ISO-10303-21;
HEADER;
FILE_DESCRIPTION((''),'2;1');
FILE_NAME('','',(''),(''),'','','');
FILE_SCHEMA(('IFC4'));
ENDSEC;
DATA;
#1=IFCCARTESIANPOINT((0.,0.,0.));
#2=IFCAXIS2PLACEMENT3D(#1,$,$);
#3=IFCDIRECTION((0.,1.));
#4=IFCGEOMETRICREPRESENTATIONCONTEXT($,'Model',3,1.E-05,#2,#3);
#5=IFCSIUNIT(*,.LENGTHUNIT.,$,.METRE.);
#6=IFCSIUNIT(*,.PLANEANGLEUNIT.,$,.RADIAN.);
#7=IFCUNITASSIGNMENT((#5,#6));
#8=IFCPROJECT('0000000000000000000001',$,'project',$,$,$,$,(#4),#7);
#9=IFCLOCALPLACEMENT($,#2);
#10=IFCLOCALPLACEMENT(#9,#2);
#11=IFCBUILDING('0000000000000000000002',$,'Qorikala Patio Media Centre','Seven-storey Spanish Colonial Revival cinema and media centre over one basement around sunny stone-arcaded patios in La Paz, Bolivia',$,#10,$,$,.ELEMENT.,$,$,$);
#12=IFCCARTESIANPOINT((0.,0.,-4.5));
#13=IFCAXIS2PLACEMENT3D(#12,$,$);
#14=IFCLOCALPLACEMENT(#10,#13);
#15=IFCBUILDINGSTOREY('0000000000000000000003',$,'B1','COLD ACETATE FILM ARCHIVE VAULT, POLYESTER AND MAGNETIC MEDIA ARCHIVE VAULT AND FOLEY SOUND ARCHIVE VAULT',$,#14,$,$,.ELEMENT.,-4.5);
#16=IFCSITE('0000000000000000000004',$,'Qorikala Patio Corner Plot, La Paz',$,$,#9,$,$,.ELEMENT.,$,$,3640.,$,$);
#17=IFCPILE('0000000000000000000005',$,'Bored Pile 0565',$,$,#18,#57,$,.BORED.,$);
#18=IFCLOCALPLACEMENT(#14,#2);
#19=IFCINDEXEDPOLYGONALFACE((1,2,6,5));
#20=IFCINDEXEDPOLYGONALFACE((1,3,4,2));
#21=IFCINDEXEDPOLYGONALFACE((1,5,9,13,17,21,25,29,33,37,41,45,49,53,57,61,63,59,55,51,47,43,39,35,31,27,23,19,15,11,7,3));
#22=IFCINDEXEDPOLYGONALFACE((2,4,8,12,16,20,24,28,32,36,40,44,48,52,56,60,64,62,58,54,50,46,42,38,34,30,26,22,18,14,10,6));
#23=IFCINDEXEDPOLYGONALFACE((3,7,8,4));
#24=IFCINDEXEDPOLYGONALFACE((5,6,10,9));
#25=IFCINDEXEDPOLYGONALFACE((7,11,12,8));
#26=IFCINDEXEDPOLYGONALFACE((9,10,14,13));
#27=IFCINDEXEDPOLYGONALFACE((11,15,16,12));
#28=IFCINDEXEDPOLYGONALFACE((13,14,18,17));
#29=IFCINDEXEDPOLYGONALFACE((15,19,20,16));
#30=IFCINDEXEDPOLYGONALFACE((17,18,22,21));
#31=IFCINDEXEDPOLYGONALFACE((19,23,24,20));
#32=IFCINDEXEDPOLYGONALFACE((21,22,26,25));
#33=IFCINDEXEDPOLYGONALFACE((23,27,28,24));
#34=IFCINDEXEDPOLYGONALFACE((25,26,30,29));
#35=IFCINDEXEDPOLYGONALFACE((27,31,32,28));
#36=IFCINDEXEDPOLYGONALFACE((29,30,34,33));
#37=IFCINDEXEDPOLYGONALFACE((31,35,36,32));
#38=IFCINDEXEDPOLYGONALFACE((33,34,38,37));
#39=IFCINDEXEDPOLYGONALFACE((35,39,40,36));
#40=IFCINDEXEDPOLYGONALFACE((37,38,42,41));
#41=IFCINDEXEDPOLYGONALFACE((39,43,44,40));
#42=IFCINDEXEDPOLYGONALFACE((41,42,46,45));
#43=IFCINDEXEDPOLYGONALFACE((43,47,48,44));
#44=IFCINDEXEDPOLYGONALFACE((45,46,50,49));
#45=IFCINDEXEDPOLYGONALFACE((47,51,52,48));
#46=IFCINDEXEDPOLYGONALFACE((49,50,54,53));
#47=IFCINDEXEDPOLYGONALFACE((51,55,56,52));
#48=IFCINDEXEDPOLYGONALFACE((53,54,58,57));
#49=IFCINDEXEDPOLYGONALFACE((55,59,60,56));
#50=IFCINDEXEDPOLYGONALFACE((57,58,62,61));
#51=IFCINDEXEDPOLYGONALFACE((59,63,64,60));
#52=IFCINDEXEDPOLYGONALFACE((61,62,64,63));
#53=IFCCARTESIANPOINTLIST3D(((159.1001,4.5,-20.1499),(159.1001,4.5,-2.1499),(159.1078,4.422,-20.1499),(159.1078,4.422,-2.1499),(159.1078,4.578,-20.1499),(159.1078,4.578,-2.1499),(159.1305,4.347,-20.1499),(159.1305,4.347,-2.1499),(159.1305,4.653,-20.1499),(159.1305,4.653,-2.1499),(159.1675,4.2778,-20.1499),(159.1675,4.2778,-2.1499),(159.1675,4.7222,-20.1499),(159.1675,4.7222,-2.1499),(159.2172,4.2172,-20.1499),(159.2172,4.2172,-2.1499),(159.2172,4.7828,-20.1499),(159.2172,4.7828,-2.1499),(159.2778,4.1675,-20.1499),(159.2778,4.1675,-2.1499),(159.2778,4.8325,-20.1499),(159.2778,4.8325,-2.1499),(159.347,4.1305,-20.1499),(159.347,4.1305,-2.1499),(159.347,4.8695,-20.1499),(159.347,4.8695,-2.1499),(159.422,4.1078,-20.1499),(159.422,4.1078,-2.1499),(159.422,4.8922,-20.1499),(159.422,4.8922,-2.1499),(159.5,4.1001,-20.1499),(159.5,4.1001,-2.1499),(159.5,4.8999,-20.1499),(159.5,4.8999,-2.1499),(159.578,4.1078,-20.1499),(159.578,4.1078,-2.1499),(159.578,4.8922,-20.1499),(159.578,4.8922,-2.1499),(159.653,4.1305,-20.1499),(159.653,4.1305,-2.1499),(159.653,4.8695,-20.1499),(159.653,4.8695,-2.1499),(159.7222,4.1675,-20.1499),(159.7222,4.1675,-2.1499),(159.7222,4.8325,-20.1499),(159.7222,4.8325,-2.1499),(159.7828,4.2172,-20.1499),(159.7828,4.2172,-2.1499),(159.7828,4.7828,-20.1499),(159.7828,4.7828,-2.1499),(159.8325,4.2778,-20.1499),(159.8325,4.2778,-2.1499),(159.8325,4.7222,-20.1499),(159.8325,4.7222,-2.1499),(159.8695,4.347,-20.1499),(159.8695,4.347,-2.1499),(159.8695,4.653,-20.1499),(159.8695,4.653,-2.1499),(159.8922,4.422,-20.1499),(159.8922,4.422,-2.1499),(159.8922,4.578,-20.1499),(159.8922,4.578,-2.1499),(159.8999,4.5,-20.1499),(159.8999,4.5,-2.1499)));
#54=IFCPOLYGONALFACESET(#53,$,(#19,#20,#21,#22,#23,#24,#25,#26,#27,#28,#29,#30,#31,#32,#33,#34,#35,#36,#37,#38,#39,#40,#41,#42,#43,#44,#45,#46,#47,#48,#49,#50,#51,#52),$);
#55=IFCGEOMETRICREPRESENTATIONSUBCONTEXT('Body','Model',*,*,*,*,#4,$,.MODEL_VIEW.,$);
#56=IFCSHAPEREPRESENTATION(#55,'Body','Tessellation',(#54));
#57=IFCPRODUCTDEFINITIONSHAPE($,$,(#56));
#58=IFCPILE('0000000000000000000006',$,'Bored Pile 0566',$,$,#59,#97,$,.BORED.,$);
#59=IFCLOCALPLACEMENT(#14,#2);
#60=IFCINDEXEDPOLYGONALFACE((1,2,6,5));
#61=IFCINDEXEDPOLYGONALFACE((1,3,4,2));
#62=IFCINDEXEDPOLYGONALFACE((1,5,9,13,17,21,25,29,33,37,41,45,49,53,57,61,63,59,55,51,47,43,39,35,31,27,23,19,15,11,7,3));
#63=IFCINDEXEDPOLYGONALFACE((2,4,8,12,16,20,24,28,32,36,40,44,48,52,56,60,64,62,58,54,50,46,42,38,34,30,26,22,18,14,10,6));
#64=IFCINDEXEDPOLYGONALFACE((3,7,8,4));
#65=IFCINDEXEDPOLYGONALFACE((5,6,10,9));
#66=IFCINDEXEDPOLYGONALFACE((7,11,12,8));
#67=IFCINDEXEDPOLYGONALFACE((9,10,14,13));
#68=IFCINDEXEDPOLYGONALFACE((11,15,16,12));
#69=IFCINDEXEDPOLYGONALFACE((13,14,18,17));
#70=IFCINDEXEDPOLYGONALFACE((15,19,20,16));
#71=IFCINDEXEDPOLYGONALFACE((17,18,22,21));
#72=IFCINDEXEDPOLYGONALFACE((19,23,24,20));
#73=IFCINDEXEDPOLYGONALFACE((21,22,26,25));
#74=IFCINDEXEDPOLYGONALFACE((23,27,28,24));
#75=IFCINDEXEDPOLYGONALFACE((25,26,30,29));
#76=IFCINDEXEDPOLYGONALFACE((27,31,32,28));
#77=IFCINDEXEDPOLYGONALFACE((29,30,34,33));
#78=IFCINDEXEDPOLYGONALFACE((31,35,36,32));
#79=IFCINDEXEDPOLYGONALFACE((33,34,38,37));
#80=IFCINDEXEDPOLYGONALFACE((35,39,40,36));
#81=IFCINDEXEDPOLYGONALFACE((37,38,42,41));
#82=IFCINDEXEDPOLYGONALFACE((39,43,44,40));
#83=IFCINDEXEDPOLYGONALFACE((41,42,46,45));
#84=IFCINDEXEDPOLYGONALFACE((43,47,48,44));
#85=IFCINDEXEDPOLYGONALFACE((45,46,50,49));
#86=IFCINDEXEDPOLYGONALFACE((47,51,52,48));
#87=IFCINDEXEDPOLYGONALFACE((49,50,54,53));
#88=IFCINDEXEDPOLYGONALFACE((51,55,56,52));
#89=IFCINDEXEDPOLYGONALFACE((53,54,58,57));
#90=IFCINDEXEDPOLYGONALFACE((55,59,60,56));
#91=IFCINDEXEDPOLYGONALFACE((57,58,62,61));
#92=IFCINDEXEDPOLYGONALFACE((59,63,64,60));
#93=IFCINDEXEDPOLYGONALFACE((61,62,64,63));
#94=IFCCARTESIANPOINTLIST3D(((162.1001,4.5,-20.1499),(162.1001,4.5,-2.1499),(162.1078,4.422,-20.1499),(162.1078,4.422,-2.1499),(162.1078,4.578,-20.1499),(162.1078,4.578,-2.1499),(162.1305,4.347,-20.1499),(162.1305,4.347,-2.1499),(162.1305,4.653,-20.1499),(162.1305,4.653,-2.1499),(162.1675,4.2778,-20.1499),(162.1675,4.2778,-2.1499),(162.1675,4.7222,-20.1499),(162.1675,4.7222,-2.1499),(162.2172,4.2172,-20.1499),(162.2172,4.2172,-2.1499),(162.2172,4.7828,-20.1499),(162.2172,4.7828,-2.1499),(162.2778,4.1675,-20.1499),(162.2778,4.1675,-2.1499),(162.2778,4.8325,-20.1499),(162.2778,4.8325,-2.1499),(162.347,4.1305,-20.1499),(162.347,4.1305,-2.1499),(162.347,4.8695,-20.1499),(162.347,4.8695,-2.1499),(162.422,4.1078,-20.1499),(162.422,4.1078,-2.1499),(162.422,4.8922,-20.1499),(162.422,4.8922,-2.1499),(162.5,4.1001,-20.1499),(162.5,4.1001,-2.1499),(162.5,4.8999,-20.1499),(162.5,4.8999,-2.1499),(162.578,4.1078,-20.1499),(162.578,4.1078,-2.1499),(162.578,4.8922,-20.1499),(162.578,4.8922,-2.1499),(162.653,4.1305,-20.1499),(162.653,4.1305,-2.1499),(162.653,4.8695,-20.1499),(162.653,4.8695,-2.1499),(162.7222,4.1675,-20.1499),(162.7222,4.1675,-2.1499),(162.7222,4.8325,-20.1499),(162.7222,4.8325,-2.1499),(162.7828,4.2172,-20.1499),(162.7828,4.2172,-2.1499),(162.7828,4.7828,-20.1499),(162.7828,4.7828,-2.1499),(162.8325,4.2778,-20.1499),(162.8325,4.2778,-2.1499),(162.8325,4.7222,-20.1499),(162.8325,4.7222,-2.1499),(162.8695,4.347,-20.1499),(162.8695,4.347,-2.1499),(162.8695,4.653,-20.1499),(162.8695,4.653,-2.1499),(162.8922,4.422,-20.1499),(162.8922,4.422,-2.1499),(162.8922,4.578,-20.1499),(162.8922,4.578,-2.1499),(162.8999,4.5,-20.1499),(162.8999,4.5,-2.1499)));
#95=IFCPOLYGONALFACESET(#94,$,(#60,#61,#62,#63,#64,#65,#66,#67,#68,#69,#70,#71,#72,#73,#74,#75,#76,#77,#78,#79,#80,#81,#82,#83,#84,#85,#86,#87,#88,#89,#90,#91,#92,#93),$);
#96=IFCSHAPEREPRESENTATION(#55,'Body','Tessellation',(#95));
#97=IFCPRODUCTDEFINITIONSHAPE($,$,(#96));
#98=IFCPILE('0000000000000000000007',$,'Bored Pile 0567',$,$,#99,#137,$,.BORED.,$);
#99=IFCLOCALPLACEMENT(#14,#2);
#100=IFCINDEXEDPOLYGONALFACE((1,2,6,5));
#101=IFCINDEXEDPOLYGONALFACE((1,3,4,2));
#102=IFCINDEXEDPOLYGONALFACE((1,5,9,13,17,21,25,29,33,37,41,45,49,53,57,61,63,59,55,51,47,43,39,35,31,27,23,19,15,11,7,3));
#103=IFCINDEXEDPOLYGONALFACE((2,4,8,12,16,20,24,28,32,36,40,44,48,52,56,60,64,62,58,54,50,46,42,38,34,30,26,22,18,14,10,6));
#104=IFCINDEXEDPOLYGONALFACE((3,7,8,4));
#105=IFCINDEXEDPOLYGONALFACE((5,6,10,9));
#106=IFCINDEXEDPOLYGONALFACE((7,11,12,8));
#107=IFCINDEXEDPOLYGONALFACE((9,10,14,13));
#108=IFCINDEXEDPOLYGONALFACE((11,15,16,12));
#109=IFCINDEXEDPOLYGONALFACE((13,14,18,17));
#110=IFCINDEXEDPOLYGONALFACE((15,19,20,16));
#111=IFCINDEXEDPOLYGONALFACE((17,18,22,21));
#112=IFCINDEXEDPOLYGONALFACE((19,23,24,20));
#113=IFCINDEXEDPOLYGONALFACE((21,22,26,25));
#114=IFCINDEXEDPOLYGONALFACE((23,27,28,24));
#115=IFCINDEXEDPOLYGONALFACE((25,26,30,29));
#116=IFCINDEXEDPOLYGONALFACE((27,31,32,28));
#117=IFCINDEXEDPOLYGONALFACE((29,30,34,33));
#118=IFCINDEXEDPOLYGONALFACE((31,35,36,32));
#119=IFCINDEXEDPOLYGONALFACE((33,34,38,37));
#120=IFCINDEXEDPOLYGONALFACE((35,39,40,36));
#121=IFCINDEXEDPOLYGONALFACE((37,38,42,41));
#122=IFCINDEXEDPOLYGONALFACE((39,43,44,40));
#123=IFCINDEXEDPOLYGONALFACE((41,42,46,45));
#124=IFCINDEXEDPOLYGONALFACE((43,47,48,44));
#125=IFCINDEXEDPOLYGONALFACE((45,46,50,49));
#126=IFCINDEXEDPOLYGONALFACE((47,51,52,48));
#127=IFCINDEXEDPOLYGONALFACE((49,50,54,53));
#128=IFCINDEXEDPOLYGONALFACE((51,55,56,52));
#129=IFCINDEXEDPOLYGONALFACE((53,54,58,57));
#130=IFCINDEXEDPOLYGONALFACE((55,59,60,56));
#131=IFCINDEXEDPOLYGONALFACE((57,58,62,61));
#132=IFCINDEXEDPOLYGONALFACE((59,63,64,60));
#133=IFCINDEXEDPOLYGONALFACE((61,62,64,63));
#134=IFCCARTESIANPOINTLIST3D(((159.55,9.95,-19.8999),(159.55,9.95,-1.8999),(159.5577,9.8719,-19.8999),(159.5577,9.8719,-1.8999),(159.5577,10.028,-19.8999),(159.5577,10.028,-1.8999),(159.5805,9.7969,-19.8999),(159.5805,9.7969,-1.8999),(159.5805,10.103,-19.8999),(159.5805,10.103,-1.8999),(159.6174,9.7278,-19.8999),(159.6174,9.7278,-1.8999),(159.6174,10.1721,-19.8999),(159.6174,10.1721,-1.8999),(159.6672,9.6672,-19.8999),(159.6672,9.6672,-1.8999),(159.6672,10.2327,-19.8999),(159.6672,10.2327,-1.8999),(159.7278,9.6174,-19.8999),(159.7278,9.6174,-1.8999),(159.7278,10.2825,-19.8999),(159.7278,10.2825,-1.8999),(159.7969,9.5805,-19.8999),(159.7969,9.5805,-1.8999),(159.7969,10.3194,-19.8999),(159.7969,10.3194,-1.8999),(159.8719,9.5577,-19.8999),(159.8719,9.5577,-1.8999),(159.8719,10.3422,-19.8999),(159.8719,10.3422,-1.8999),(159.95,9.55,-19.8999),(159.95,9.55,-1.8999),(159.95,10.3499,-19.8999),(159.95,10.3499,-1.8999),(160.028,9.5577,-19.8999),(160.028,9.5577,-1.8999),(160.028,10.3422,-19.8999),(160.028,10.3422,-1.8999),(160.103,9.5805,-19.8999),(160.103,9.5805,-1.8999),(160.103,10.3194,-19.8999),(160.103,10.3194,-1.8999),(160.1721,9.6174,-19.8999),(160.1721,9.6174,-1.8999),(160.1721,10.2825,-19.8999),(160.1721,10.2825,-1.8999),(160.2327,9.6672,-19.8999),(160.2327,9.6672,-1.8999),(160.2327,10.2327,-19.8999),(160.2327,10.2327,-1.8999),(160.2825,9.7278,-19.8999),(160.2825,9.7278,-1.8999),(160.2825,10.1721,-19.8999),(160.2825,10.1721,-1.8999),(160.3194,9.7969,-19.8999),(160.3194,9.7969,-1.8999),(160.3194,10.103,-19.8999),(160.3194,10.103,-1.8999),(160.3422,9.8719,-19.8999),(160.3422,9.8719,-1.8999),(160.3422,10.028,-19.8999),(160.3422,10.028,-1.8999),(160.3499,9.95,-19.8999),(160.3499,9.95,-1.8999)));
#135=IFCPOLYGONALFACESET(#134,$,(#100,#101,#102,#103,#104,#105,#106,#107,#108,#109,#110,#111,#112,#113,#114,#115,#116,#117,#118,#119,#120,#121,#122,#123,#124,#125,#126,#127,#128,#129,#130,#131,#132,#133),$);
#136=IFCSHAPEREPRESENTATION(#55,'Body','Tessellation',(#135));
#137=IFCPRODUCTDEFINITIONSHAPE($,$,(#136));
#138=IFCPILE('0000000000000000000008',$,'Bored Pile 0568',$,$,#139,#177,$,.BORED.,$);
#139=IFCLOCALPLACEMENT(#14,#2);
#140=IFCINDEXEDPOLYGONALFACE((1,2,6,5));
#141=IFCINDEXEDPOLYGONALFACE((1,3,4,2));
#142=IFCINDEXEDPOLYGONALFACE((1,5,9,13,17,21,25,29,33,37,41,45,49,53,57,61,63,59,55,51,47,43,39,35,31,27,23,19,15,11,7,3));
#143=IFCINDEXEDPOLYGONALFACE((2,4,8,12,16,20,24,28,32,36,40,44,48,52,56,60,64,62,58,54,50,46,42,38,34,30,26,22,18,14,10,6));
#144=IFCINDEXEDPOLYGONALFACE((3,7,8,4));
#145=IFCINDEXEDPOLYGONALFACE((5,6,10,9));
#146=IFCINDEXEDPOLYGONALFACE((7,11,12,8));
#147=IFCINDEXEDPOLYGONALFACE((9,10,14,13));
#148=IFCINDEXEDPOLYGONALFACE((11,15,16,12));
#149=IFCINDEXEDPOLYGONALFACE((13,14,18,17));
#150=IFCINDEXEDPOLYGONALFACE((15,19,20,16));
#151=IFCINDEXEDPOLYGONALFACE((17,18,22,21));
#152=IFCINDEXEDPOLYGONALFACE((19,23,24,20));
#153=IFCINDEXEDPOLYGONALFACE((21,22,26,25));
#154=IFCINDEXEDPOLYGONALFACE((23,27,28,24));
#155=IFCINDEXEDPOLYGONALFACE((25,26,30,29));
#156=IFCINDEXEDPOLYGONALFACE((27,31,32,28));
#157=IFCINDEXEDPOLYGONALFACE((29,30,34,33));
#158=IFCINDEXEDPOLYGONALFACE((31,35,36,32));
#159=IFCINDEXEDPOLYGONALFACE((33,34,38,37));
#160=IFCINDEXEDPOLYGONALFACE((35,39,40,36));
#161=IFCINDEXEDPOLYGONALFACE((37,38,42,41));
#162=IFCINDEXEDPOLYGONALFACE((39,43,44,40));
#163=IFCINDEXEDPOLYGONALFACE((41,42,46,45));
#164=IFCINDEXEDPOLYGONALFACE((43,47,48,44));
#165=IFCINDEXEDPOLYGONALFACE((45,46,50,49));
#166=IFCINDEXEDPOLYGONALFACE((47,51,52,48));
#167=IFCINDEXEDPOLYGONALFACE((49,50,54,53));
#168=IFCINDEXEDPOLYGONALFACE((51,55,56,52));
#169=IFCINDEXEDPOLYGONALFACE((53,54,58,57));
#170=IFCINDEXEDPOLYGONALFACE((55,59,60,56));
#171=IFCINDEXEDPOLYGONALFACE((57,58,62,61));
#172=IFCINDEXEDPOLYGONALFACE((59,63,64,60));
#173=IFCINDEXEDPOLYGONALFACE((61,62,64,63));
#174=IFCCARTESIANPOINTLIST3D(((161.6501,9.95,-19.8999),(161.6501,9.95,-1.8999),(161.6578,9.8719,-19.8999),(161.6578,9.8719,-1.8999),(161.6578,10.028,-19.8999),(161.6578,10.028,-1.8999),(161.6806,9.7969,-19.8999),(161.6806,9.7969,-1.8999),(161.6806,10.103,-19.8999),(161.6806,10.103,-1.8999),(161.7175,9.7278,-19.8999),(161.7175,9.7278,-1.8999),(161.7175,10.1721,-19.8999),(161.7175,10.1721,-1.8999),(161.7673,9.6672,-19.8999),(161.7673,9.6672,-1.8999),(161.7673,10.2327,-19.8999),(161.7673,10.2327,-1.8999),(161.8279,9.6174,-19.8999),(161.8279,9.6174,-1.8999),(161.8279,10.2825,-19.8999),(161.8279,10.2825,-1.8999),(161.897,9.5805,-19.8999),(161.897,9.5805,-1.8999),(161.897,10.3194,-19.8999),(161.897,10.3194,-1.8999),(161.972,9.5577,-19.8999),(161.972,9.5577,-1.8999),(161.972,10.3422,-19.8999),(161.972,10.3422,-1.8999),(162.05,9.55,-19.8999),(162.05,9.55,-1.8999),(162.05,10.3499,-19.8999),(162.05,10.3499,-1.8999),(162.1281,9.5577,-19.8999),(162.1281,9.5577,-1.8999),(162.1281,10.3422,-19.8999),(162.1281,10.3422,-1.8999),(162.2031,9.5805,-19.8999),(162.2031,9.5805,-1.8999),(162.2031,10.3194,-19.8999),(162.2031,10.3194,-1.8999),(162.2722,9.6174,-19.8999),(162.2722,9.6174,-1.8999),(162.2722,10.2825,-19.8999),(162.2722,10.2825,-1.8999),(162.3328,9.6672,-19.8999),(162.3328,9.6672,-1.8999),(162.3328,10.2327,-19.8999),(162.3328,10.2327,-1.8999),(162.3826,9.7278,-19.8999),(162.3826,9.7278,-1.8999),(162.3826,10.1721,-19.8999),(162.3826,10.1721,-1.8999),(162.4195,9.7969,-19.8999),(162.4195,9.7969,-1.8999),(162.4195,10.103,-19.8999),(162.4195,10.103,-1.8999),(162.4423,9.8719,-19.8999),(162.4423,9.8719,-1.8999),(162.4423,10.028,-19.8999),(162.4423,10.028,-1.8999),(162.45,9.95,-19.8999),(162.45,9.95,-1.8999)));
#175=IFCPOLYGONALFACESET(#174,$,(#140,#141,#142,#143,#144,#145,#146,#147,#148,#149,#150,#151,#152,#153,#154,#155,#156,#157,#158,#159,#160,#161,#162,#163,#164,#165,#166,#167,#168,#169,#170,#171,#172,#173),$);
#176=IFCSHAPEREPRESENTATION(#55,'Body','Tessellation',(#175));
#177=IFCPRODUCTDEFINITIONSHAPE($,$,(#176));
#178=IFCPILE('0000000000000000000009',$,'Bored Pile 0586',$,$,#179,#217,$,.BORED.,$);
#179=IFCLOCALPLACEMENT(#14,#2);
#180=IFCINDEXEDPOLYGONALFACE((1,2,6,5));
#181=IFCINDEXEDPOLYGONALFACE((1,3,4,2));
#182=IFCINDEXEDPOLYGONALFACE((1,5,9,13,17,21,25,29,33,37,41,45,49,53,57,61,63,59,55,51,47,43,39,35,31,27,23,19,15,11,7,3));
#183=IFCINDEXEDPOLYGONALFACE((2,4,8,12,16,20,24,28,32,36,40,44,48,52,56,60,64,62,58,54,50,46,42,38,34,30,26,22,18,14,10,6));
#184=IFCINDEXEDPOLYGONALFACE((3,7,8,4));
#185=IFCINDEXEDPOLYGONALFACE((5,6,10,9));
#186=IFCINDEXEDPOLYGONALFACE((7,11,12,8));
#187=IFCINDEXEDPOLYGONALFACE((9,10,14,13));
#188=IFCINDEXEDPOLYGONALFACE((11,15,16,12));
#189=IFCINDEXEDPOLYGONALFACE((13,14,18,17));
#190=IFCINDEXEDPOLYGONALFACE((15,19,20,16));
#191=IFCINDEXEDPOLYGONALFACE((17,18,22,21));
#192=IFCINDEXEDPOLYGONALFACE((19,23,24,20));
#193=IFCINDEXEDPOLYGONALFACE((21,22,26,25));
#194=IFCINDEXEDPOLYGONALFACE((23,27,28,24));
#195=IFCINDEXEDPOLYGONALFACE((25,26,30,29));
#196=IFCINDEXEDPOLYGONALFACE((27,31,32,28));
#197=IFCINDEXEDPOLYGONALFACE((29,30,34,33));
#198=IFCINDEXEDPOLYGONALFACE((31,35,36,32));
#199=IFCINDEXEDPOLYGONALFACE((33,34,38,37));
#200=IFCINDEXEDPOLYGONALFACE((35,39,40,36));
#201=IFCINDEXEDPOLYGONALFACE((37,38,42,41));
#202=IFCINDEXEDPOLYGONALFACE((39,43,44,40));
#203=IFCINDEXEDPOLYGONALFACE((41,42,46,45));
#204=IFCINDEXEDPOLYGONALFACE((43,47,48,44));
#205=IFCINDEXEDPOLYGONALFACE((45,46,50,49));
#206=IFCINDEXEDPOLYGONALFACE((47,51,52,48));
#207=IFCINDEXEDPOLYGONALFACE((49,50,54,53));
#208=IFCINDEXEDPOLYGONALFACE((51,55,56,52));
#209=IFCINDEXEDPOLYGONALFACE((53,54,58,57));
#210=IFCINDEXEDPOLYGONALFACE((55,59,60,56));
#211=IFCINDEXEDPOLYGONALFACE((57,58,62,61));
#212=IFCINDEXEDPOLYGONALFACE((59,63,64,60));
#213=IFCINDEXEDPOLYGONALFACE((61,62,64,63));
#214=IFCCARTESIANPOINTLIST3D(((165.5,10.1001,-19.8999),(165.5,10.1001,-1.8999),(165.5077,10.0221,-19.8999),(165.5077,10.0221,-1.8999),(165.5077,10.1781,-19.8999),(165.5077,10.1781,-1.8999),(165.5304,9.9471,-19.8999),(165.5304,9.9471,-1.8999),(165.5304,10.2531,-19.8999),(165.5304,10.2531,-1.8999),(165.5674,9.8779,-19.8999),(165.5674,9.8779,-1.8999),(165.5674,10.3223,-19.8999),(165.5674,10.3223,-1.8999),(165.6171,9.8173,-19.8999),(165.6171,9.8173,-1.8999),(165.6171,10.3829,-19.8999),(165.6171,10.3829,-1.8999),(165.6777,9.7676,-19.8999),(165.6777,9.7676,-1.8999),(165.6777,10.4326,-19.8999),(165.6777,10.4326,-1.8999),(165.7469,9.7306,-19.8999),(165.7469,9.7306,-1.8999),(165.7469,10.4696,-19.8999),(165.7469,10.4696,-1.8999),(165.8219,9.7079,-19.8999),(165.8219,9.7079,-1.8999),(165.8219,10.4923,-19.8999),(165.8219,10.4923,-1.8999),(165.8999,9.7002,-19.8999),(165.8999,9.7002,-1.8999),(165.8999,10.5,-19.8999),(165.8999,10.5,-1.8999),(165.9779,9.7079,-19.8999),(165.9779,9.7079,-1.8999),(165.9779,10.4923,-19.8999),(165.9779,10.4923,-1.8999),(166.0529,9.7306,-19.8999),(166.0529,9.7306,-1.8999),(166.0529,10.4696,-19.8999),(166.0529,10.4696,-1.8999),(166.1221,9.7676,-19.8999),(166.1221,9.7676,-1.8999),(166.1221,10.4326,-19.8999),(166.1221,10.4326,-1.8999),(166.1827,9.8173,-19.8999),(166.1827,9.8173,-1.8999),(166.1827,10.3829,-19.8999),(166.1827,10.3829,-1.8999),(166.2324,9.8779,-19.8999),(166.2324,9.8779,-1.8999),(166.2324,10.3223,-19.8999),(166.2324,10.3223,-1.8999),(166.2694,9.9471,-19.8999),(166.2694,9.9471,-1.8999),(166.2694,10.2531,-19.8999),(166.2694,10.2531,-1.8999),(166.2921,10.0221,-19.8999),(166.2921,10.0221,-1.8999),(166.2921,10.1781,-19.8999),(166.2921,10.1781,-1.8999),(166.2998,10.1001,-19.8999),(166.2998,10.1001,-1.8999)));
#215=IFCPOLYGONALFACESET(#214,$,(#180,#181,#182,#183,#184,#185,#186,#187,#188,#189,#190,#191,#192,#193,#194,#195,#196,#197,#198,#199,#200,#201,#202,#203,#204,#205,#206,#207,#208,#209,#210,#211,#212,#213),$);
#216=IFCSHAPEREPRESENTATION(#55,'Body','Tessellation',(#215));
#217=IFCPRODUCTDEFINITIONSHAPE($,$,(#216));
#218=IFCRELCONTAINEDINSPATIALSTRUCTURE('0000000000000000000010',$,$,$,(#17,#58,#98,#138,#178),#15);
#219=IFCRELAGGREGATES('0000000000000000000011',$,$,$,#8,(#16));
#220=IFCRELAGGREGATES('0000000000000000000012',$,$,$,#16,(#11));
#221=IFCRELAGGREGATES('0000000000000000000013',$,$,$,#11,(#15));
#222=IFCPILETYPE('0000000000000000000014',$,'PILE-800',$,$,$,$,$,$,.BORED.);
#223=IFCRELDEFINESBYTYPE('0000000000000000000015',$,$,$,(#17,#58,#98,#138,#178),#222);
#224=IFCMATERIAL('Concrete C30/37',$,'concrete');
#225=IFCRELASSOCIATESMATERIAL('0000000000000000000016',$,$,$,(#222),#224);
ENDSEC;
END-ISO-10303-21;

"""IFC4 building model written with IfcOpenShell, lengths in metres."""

from ifc_helpers import new_model, si_unit, direction, frame, origin, origin_2d, place, context, subcontext, project, spatial, circle, extrude, material, material_profile, profile_set, type_object, element, save


model = new_model("IFC4")

# Units and contexts
model_context = context("Model", 3, precision=1e-05, world=origin(), true_north=direction((0.0, 1.0)))
body_context = subcontext(model_context, "Body", "Model", "MODEL_VIEW")
ifc_project = project(units=[si_unit("LENGTHUNIT", "METRE"), si_unit("PLANEANGLEUNIT", "RADIAN")], contexts=[model_context])

# Site, building, storey
site_placement = place(None, origin())
site = spatial("IfcSite", under=ifc_project, at=site_placement, Name="Qorikala Patio Corner Plot, La Paz", CompositionType="ELEMENT", RefElevation=3640.0)
building_placement = place(site_placement, origin())
building = spatial("IfcBuilding", under=site, at=building_placement, Name="Qorikala Patio Media Centre", Description="Seven-storey Spanish Colonial Revival cinema and media centre over one basement around sunny stone-arcaded patios in La Paz, Bolivia", CompositionType="ELEMENT")
storey_placement = place(building_placement, frame((0.0, 0.0, -4.5)))
storey = spatial("IfcBuildingStorey", under=building, at=storey_placement, Name="B1", Description="COLD ACETATE FILM ARCHIVE VAULT, POLYESTER AND MAGNETIC MEDIA ARCHIVE VAULT AND FOLEY SOUND ARCHIVE VAULT", CompositionType="ELEMENT", Elevation=-4.5)

# Shared definitions
ifc_material_1 = material(Name="Concrete C30/37", Category="concrete")

# Piles
ifc_material_profile_1 = material_profile(ifc_material_1, circle(Radius=0.3999, at=origin_2d()), Name="BORED PILE 800")
ifc_profile_set_1 = profile_set([ifc_material_profile_1], Name="Concrete C30/37")
pile_type_1 = type_object("IfcPileType", Name="PILE-800", PredefinedType="BORED", material=ifc_profile_set_1)
for number, where, z_axis, x_axis, name in (
    (1, (159.5, 4.5, -2.1499), (0.0, 0.0, -1.0), (1.0, 0.0, 0.0), "Bored Pile 0565"),
    (2, (162.5, 4.5, -2.1499), (0.0, 0.0, -1.0), (1.0, 0.0, 0.0), "Bored Pile 0566"),
    (3, (159.95, 9.95, -1.8999), (0.0, 0.0, -1.0), (1.0, 0.0, 0.0), "Bored Pile 0567"),
    (4, (162.05, 9.95, -1.8999), (0.0, 0.0, -1.0), (1.0, 0.0, 0.0), "Bored Pile 0568"),
    (5, (165.8999, 10.1001, -1.8999), (0.0, 0.0, -1.0), (1.0, 0.0, 0.0), "Bored Pile 0586"),
):
    element("IfcPile", number, at=place(storey_placement, frame(where, z_axis=z_axis, x_axis=x_axis)), inside=storey, type_object=pile_type_1, Name=name, PredefinedType="BORED", context=body_context, shape_type="SweptSolid", body=[
        extrude(circle(Radius=0.3999, at=origin_2d()), origin(), (0.0, 0.0, 1.0), 18.0),
    ])

save(model, "model.ifc")
